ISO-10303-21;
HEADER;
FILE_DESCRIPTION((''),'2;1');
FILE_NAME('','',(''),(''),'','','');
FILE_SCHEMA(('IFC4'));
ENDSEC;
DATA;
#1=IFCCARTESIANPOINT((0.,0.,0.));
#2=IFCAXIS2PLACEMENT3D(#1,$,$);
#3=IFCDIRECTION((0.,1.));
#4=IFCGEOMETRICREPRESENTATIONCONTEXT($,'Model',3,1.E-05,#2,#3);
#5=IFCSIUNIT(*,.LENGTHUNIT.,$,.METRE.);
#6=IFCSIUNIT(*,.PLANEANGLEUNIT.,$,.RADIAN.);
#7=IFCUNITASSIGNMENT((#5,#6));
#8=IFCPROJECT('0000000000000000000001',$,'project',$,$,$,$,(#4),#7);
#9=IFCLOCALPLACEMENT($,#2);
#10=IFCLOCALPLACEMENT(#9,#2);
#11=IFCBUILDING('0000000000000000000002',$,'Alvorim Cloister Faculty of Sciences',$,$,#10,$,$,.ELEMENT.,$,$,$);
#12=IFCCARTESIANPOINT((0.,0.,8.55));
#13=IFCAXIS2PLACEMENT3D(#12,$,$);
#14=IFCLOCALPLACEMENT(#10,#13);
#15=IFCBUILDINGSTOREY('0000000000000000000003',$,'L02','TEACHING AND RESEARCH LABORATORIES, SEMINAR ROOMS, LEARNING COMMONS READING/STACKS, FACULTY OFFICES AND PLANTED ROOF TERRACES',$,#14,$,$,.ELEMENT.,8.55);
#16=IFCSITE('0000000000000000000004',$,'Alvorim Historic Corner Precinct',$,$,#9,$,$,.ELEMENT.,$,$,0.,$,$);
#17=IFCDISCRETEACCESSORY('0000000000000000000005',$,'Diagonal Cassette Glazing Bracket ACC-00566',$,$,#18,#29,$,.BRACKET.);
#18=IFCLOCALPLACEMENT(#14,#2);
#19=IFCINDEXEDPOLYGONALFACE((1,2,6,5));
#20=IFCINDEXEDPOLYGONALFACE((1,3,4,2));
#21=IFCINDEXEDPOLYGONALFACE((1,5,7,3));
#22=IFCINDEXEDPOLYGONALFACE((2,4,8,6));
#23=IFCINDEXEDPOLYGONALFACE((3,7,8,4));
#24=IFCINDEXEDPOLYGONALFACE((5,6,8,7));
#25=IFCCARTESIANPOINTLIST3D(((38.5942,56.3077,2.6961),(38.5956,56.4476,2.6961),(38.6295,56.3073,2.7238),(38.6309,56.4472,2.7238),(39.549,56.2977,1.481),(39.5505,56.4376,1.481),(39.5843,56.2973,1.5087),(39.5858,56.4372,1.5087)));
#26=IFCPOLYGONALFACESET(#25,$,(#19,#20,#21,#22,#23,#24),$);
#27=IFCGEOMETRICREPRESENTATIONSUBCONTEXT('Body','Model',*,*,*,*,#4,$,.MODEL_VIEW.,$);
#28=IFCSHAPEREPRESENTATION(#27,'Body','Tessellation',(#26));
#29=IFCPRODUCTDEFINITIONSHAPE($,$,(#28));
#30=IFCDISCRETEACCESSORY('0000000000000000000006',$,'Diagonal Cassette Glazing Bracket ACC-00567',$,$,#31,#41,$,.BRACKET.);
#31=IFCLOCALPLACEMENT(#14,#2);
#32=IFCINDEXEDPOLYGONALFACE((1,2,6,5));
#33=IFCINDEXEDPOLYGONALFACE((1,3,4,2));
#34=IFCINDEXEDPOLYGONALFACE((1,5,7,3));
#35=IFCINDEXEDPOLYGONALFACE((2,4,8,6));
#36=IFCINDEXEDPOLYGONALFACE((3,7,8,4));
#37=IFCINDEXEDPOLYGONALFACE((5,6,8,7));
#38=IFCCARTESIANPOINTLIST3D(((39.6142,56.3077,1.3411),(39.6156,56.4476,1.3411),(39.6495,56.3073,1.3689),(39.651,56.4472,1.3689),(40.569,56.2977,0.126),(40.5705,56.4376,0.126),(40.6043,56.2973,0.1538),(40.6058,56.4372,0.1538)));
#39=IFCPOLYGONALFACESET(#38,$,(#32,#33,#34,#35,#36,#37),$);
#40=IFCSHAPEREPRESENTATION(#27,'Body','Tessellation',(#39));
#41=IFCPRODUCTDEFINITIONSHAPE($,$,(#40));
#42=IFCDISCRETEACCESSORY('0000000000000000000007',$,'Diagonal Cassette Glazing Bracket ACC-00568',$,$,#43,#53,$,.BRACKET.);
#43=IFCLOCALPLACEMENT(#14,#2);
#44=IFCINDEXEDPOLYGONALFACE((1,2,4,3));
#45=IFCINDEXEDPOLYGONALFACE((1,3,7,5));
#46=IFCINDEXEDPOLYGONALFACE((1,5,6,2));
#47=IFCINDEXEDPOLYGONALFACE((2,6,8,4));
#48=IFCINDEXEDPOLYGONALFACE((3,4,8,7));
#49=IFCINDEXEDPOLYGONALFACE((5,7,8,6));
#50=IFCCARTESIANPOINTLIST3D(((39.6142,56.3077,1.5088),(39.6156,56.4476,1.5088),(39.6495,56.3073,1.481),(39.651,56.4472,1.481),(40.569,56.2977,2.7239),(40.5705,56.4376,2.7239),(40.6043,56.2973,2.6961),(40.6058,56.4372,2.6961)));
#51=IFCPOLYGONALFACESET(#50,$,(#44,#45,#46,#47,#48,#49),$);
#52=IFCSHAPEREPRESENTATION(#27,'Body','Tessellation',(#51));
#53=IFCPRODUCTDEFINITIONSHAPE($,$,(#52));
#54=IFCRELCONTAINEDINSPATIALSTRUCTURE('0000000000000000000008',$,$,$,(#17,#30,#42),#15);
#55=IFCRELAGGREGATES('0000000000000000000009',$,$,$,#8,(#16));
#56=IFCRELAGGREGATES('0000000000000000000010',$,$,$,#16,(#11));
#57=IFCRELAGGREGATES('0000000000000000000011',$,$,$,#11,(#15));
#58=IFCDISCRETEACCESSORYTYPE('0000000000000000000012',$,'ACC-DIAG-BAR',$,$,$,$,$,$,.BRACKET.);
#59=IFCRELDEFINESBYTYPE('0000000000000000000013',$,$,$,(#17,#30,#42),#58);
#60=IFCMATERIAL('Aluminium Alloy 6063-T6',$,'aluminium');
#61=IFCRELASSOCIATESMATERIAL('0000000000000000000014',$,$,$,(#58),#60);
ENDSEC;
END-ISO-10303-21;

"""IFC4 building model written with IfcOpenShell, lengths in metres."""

from ifc_helpers import new_model, si_unit, direction, frame, origin, origin_2d, place, context, subcontext, project, spatial, rectangle, extrude, material, type_object, element, save


model = new_model("IFC4")

# Units and contexts
model_context = context("Model", 3, precision=1e-05, world=origin(), true_north=direction((0.0, 1.0)))
body_context = subcontext(model_context, "Body", "Model", "MODEL_VIEW")
ifc_project = project(units=[si_unit("LENGTHUNIT", "METRE"), si_unit("PLANEANGLEUNIT", "RADIAN")], contexts=[model_context])

# Site, building, storey
site_placement = place(None, origin())
site = spatial("IfcSite", under=ifc_project, at=site_placement, Name="Alvorim Historic Corner Precinct", CompositionType="ELEMENT", RefElevation=0.0)
building_placement = place(site_placement, origin())
building = spatial("IfcBuilding", under=site, at=building_placement, Name="Alvorim Cloister Faculty of Sciences", CompositionType="ELEMENT")
storey_placement = place(building_placement, frame((0.0, 0.0, 8.55)))
storey = spatial("IfcBuildingStorey", under=building, at=storey_placement, Name="L02", Description="TEACHING AND RESEARCH LABORATORIES, SEMINAR ROOMS, LEARNING COMMONS READING/STACKS, FACULTY OFFICES AND PLANTED ROOF TERRACES", CompositionType="ELEMENT", Elevation=8.55)

# Shared definitions
ifc_material_1 = material(Name="Aluminium Alloy 6063-T6", Category="aluminium")

# Discrete accessories
discrete_accessory_type = type_object("IfcDiscreteAccessoryType", Name="ACC-DIAG-BAR", PredefinedType="BRACKET", material=ifc_material_1)
for number, where, z_axis, x_axis, name in (
    (1, (38.6125, 56.3774, 2.71), (0.617857, -0.006477, -0.786263), (0.010483, 0.999945, 0.0), "Diagonal Cassette Glazing Bracket ACC-00566"),
    (2, (39.6326, 56.3774, 1.355), (0.617857, -0.006477, -0.786263), (0.010483, 0.999945, 0.0), "Diagonal Cassette Glazing Bracket ACC-00567"),
    (3, (39.6326, 56.3774, 1.4949), (0.617857, -0.006477, 0.786263), (0.010483, 0.999945, 0.0), "Diagonal Cassette Glazing Bracket ACC-00568"),
):
    element("IfcDiscreteAccessory", number, at=place(storey_placement, frame(where, z_axis=z_axis, x_axis=x_axis)), inside=storey, type_object=discrete_accessory_type, Name=name, PredefinedType="BRACKET", context=body_context, shape_type="SweptSolid", body=[
        extrude(rectangle(XDim=0.1399, YDim=0.0449, at=origin_2d()), origin(), (0.0, 0.0, 1.0), 1.5454),
    ])

save(model, "model.ifc")
